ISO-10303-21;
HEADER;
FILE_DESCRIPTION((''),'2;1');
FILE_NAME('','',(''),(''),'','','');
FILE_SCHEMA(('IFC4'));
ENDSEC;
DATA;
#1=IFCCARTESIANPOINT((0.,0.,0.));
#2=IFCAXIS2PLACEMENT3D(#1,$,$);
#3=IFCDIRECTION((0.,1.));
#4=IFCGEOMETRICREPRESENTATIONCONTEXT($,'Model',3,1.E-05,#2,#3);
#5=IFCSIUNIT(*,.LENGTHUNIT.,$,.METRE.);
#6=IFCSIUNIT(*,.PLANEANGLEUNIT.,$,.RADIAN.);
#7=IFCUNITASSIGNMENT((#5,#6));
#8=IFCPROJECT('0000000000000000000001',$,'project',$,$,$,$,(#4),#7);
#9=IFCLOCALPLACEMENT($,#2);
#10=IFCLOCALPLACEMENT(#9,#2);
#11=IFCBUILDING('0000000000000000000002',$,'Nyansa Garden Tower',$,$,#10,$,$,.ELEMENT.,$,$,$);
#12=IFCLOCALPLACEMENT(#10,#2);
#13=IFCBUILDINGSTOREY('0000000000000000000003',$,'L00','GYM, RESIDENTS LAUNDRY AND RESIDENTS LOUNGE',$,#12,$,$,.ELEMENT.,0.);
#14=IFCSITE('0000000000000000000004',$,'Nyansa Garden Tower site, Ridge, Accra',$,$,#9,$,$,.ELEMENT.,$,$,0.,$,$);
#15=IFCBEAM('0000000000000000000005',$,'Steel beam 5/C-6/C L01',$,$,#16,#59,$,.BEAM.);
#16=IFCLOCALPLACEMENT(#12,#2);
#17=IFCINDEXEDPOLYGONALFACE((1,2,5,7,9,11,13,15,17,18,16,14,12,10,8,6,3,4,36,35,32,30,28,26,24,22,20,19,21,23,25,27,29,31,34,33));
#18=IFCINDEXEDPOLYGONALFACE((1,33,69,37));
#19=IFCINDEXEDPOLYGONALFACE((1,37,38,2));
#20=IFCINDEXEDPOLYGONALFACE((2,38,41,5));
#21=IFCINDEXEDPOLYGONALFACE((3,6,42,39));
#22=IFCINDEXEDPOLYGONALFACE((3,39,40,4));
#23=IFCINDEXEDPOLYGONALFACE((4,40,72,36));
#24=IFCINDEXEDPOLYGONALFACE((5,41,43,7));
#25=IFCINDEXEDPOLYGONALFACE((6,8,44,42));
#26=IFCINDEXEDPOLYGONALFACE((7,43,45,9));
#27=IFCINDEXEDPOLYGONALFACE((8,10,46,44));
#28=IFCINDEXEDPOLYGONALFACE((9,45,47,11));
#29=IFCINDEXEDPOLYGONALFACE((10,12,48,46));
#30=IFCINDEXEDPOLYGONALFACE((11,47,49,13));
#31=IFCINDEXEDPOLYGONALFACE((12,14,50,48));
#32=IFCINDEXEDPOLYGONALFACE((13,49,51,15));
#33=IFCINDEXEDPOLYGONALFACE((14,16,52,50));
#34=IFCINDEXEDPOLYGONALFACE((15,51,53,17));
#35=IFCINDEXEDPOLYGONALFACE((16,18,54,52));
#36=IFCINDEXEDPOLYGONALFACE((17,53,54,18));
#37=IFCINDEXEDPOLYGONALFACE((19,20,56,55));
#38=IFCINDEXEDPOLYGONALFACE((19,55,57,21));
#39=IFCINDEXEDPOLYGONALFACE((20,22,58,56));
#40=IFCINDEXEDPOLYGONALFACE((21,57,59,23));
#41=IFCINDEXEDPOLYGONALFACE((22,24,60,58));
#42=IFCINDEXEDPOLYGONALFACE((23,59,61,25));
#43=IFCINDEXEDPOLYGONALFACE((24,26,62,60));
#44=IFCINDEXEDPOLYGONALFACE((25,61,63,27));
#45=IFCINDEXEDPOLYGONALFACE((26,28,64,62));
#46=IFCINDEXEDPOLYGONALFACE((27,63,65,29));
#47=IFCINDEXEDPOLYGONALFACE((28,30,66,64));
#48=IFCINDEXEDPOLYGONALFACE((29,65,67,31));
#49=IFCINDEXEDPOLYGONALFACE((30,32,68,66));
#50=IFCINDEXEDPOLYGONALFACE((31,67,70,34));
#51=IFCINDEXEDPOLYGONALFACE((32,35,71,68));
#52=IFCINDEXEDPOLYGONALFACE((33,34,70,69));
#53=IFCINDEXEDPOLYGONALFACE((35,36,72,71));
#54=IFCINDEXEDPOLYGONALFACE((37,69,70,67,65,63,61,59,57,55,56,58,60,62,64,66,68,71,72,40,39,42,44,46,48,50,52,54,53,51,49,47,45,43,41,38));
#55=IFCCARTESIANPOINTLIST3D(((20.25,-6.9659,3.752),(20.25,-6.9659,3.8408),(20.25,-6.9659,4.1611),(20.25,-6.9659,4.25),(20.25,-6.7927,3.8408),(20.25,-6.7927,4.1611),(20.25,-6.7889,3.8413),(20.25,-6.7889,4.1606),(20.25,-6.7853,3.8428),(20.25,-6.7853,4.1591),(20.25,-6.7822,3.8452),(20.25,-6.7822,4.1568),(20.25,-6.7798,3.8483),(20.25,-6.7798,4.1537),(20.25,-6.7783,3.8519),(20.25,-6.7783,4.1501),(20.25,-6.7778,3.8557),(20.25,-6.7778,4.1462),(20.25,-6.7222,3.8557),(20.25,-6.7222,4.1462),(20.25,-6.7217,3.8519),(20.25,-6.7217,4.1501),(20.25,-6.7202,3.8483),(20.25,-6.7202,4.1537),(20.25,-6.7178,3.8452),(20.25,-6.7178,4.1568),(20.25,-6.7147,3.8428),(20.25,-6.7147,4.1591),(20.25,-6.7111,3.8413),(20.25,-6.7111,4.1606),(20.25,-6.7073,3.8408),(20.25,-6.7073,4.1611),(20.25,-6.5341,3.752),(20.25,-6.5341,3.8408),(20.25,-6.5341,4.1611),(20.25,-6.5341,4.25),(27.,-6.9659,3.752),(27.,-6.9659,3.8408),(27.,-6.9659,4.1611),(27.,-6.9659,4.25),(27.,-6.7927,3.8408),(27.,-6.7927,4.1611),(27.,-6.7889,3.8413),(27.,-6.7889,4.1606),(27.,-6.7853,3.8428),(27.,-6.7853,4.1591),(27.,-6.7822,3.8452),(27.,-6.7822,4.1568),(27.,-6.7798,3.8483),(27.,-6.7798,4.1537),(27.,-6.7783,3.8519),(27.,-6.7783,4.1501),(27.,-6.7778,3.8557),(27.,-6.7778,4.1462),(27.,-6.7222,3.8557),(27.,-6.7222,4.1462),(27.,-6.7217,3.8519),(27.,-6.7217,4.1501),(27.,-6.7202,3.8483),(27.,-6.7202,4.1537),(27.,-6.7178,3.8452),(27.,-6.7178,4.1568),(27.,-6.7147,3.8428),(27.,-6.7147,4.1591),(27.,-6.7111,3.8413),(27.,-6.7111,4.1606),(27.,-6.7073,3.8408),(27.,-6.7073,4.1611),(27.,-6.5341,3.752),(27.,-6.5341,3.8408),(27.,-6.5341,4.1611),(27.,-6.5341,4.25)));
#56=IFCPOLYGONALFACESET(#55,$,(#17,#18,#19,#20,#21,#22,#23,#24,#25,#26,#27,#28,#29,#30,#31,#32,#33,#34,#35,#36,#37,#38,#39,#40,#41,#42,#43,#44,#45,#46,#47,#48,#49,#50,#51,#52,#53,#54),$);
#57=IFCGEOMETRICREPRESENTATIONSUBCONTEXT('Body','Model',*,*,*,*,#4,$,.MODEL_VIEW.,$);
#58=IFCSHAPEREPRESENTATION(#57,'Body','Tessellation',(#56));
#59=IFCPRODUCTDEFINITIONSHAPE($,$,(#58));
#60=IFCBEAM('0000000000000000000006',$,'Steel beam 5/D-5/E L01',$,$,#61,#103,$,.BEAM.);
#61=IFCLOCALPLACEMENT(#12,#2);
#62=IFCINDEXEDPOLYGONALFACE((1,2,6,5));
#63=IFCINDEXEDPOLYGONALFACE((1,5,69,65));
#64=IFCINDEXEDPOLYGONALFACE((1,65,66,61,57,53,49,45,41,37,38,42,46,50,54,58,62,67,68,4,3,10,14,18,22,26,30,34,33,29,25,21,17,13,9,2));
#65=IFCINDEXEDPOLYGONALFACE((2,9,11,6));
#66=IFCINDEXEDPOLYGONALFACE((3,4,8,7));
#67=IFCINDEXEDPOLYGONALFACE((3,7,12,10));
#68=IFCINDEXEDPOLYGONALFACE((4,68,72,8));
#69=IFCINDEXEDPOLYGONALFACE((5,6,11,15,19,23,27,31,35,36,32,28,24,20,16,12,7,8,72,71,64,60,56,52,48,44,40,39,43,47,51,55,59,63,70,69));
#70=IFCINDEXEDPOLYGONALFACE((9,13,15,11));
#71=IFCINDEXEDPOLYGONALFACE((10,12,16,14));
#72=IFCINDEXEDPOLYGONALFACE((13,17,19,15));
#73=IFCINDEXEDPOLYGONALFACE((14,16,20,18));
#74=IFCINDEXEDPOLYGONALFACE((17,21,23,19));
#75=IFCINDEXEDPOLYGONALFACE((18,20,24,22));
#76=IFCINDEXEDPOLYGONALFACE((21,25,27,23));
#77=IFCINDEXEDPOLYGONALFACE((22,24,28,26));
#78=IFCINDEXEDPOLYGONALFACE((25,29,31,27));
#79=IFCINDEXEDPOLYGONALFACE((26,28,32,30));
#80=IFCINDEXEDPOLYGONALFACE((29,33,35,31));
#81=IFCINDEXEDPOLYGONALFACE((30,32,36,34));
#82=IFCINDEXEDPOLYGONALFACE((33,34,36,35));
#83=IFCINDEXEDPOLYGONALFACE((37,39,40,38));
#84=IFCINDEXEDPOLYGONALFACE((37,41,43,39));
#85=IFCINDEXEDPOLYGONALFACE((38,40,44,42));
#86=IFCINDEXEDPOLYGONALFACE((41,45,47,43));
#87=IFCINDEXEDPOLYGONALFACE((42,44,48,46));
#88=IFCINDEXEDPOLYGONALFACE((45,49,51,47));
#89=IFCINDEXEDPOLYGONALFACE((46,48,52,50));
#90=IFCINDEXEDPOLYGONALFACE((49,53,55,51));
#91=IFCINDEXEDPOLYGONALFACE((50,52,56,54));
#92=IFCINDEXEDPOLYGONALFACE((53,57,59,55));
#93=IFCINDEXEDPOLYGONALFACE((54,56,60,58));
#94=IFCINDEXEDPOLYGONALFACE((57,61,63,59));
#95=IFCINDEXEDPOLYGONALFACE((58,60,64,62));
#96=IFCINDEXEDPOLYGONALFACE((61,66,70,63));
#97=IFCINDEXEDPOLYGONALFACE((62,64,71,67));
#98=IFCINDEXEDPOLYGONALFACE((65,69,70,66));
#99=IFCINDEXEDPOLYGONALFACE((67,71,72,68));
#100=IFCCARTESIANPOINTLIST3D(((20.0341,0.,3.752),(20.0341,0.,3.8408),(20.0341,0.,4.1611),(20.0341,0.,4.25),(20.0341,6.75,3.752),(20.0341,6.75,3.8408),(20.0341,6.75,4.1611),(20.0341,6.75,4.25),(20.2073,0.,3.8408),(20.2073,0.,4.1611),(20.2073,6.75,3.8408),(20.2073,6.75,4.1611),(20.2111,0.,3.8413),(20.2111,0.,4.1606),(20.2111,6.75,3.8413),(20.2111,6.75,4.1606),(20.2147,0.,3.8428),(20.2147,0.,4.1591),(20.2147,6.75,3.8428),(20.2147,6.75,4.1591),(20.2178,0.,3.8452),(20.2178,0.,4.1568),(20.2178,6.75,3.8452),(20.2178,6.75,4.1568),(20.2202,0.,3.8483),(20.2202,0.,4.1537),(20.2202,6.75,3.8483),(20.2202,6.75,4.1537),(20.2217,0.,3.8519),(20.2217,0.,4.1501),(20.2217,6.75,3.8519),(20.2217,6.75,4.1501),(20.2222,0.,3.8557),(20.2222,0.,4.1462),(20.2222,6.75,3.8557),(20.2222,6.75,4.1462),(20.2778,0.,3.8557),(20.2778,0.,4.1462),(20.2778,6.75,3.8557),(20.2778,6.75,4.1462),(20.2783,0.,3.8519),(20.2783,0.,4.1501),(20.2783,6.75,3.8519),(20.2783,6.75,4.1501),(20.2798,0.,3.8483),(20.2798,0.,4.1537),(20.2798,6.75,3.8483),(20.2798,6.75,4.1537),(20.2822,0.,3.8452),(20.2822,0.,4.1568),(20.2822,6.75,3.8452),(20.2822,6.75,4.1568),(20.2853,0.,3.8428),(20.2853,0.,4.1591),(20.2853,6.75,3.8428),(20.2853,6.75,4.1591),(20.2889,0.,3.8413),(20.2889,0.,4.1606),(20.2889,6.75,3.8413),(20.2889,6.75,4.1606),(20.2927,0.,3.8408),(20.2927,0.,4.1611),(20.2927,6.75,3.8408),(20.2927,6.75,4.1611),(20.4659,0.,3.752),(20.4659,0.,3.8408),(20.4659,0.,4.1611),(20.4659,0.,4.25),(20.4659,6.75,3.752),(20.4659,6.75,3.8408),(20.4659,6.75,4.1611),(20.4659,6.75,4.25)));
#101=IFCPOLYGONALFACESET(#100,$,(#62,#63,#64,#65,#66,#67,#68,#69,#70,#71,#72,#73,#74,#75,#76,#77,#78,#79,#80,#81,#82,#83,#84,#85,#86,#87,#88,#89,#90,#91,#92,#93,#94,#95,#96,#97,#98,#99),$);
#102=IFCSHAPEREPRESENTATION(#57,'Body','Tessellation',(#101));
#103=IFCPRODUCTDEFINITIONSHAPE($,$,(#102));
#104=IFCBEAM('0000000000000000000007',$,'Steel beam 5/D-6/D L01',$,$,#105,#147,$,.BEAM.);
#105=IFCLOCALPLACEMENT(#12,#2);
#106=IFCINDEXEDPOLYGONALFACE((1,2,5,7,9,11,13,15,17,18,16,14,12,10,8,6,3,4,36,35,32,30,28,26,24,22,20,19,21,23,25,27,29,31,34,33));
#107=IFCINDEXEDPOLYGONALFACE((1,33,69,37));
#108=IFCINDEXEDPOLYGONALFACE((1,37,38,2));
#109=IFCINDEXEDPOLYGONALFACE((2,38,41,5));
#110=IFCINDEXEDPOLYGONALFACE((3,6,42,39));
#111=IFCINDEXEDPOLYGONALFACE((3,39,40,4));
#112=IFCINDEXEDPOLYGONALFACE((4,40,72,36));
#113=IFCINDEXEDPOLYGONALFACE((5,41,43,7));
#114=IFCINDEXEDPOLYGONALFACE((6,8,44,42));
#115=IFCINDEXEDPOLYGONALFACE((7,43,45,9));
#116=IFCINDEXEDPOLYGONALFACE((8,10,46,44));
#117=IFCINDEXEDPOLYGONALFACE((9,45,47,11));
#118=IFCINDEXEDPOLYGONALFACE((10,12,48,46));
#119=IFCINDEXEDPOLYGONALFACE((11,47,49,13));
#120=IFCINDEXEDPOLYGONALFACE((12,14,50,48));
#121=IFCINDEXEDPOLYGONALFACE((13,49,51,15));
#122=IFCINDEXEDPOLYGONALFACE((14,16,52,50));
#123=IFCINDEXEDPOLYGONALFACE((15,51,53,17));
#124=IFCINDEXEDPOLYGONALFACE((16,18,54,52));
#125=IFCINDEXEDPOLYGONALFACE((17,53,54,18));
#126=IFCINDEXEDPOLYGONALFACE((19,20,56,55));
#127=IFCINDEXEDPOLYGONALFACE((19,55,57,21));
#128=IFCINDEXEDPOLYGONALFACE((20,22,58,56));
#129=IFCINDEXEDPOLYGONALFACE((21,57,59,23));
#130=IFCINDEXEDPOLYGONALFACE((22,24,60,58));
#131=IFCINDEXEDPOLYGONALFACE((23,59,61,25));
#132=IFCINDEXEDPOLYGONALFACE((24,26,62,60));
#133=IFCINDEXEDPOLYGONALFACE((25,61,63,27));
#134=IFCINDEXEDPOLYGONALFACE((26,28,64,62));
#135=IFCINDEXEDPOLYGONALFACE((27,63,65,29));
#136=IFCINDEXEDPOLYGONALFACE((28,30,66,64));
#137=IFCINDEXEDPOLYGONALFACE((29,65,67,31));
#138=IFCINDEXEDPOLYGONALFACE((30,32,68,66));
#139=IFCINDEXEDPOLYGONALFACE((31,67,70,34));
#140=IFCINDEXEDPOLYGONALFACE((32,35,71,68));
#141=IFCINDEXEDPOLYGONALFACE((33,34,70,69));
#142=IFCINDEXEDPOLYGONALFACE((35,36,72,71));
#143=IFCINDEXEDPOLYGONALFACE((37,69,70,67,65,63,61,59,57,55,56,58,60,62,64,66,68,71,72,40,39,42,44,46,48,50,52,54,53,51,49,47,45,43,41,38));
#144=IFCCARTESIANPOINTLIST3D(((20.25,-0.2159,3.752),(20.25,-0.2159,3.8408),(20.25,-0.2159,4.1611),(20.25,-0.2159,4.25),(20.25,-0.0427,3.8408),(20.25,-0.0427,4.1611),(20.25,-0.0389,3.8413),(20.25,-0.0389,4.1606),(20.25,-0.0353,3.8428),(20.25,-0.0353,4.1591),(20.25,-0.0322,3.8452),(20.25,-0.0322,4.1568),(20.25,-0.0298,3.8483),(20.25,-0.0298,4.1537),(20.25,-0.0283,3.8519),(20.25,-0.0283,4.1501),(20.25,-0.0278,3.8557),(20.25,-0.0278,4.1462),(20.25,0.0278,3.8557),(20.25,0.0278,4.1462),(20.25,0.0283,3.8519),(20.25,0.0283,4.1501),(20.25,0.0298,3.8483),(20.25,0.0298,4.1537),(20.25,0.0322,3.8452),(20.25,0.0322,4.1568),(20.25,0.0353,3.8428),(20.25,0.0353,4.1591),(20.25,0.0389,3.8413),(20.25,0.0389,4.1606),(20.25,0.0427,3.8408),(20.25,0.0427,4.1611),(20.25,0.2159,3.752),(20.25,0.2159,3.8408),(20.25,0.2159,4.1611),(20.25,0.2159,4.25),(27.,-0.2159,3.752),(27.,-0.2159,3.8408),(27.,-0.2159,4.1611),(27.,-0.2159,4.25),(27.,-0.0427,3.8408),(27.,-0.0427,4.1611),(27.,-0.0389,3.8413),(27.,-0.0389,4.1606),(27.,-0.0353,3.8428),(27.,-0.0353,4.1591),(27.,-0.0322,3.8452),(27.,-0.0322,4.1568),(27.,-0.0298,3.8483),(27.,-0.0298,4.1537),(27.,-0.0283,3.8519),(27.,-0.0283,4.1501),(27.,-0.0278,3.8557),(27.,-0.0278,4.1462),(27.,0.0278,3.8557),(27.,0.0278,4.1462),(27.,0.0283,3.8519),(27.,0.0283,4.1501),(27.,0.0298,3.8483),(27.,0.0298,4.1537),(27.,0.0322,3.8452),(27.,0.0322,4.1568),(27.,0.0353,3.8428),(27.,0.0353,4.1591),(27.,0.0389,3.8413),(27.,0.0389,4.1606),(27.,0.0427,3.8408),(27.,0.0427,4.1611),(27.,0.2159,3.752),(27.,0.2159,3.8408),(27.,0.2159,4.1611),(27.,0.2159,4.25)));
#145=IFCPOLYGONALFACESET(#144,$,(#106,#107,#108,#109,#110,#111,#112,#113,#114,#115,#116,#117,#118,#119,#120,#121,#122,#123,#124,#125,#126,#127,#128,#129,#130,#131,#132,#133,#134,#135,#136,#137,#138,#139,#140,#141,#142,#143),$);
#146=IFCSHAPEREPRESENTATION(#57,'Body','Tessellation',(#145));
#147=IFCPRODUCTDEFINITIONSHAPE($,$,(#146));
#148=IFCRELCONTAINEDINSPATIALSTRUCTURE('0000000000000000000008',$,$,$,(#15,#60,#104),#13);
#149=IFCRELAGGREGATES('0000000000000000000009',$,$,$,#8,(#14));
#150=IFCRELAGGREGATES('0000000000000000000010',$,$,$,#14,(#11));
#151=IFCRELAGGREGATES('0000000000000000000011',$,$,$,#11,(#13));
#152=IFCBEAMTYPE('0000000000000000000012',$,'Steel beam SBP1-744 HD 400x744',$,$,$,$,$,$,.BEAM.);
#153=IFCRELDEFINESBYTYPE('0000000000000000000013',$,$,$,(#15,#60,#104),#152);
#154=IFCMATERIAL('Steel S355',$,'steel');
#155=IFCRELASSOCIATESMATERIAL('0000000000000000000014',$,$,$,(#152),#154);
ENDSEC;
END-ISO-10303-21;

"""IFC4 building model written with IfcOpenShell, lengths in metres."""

from ifc_helpers import new_model, si_unit, direction, frame, origin, origin_2d, place, context, subcontext, project, spatial, i_section, extrude, material, material_profile, profile_set, type_object, element, save


model = new_model("IFC4")

# Units and contexts
model_context = context("Model", 3, precision=1e-05, world=origin(), true_north=direction((0.0, 1.0)))
body_context = subcontext(model_context, "Body", "Model", "MODEL_VIEW")
ifc_project = project(units=[si_unit("LENGTHUNIT", "METRE"), si_unit("PLANEANGLEUNIT", "RADIAN")], contexts=[model_context])

# Site, building, storey
site_placement = place(None, origin())
site = spatial("IfcSite", under=ifc_project, at=site_placement, Name="Nyansa Garden Tower site, Ridge, Accra", CompositionType="ELEMENT", RefElevation=0.0)
building_placement = place(site_placement, origin())
building = spatial("IfcBuilding", under=site, at=building_placement, Name="Nyansa Garden Tower", CompositionType="ELEMENT")
storey_placement = place(building_placement, origin())
storey = spatial("IfcBuildingStorey", under=building, at=storey_placement, Name="L00", Description="GYM, RESIDENTS LAUNDRY AND RESIDENTS LOUNGE", CompositionType="ELEMENT", Elevation=0.0)

# Beams
ifc_material_1 = material(Name="Steel S355", Category="steel")
ifc_material_profile_1 = material_profile(ifc_material_1, i_section(OverallWidth=0.4319, OverallDepth=0.498, WebThickness=0.0557, FlangeThickness=0.0889, FilletRadius=0.0149, at=origin_2d()), Name="HD 400x744")
ifc_profile_set_1 = profile_set([ifc_material_profile_1], Name="Steel S355")
beam_type = type_object("IfcBeamType", Name="Steel beam SBP1-744 HD 400x744", PredefinedType="BEAM", material=ifc_profile_set_1)
for number, where, z_axis, x_axis, name in (
    (1, (20.25, -6.75, 4.001), (1.0, 0.0, 0.0), (0.0, 1.0, 0.0), "Steel beam 5/C-6/C L01"),
    (2, (20.25, 0.0, 4.001), (0.0, 1.0, 0.0), (-1.0, 0.0, 0.0), "Steel beam 5/D-5/E L01"),
    (3, (20.25, 0.0, 4.001), (1.0, 0.0, 0.0), (0.0, 1.0, 0.0), "Steel beam 5/D-6/D L01"),
):
    element("IfcBeam", number, at=place(storey_placement, frame(where, z_axis=z_axis, x_axis=x_axis)), inside=storey, type_object=beam_type, Name=name, PredefinedType="BEAM", context=body_context, shape_type="SweptSolid", body=[
        extrude(i_section(OverallWidth=0.4319, OverallDepth=0.498, WebThickness=0.0557, FlangeThickness=0.0889, FilletRadius=0.0149, at=origin_2d()), origin(), (0.0, 0.0, 1.0), 6.75),
    ])

save(model, "model.ifc")
